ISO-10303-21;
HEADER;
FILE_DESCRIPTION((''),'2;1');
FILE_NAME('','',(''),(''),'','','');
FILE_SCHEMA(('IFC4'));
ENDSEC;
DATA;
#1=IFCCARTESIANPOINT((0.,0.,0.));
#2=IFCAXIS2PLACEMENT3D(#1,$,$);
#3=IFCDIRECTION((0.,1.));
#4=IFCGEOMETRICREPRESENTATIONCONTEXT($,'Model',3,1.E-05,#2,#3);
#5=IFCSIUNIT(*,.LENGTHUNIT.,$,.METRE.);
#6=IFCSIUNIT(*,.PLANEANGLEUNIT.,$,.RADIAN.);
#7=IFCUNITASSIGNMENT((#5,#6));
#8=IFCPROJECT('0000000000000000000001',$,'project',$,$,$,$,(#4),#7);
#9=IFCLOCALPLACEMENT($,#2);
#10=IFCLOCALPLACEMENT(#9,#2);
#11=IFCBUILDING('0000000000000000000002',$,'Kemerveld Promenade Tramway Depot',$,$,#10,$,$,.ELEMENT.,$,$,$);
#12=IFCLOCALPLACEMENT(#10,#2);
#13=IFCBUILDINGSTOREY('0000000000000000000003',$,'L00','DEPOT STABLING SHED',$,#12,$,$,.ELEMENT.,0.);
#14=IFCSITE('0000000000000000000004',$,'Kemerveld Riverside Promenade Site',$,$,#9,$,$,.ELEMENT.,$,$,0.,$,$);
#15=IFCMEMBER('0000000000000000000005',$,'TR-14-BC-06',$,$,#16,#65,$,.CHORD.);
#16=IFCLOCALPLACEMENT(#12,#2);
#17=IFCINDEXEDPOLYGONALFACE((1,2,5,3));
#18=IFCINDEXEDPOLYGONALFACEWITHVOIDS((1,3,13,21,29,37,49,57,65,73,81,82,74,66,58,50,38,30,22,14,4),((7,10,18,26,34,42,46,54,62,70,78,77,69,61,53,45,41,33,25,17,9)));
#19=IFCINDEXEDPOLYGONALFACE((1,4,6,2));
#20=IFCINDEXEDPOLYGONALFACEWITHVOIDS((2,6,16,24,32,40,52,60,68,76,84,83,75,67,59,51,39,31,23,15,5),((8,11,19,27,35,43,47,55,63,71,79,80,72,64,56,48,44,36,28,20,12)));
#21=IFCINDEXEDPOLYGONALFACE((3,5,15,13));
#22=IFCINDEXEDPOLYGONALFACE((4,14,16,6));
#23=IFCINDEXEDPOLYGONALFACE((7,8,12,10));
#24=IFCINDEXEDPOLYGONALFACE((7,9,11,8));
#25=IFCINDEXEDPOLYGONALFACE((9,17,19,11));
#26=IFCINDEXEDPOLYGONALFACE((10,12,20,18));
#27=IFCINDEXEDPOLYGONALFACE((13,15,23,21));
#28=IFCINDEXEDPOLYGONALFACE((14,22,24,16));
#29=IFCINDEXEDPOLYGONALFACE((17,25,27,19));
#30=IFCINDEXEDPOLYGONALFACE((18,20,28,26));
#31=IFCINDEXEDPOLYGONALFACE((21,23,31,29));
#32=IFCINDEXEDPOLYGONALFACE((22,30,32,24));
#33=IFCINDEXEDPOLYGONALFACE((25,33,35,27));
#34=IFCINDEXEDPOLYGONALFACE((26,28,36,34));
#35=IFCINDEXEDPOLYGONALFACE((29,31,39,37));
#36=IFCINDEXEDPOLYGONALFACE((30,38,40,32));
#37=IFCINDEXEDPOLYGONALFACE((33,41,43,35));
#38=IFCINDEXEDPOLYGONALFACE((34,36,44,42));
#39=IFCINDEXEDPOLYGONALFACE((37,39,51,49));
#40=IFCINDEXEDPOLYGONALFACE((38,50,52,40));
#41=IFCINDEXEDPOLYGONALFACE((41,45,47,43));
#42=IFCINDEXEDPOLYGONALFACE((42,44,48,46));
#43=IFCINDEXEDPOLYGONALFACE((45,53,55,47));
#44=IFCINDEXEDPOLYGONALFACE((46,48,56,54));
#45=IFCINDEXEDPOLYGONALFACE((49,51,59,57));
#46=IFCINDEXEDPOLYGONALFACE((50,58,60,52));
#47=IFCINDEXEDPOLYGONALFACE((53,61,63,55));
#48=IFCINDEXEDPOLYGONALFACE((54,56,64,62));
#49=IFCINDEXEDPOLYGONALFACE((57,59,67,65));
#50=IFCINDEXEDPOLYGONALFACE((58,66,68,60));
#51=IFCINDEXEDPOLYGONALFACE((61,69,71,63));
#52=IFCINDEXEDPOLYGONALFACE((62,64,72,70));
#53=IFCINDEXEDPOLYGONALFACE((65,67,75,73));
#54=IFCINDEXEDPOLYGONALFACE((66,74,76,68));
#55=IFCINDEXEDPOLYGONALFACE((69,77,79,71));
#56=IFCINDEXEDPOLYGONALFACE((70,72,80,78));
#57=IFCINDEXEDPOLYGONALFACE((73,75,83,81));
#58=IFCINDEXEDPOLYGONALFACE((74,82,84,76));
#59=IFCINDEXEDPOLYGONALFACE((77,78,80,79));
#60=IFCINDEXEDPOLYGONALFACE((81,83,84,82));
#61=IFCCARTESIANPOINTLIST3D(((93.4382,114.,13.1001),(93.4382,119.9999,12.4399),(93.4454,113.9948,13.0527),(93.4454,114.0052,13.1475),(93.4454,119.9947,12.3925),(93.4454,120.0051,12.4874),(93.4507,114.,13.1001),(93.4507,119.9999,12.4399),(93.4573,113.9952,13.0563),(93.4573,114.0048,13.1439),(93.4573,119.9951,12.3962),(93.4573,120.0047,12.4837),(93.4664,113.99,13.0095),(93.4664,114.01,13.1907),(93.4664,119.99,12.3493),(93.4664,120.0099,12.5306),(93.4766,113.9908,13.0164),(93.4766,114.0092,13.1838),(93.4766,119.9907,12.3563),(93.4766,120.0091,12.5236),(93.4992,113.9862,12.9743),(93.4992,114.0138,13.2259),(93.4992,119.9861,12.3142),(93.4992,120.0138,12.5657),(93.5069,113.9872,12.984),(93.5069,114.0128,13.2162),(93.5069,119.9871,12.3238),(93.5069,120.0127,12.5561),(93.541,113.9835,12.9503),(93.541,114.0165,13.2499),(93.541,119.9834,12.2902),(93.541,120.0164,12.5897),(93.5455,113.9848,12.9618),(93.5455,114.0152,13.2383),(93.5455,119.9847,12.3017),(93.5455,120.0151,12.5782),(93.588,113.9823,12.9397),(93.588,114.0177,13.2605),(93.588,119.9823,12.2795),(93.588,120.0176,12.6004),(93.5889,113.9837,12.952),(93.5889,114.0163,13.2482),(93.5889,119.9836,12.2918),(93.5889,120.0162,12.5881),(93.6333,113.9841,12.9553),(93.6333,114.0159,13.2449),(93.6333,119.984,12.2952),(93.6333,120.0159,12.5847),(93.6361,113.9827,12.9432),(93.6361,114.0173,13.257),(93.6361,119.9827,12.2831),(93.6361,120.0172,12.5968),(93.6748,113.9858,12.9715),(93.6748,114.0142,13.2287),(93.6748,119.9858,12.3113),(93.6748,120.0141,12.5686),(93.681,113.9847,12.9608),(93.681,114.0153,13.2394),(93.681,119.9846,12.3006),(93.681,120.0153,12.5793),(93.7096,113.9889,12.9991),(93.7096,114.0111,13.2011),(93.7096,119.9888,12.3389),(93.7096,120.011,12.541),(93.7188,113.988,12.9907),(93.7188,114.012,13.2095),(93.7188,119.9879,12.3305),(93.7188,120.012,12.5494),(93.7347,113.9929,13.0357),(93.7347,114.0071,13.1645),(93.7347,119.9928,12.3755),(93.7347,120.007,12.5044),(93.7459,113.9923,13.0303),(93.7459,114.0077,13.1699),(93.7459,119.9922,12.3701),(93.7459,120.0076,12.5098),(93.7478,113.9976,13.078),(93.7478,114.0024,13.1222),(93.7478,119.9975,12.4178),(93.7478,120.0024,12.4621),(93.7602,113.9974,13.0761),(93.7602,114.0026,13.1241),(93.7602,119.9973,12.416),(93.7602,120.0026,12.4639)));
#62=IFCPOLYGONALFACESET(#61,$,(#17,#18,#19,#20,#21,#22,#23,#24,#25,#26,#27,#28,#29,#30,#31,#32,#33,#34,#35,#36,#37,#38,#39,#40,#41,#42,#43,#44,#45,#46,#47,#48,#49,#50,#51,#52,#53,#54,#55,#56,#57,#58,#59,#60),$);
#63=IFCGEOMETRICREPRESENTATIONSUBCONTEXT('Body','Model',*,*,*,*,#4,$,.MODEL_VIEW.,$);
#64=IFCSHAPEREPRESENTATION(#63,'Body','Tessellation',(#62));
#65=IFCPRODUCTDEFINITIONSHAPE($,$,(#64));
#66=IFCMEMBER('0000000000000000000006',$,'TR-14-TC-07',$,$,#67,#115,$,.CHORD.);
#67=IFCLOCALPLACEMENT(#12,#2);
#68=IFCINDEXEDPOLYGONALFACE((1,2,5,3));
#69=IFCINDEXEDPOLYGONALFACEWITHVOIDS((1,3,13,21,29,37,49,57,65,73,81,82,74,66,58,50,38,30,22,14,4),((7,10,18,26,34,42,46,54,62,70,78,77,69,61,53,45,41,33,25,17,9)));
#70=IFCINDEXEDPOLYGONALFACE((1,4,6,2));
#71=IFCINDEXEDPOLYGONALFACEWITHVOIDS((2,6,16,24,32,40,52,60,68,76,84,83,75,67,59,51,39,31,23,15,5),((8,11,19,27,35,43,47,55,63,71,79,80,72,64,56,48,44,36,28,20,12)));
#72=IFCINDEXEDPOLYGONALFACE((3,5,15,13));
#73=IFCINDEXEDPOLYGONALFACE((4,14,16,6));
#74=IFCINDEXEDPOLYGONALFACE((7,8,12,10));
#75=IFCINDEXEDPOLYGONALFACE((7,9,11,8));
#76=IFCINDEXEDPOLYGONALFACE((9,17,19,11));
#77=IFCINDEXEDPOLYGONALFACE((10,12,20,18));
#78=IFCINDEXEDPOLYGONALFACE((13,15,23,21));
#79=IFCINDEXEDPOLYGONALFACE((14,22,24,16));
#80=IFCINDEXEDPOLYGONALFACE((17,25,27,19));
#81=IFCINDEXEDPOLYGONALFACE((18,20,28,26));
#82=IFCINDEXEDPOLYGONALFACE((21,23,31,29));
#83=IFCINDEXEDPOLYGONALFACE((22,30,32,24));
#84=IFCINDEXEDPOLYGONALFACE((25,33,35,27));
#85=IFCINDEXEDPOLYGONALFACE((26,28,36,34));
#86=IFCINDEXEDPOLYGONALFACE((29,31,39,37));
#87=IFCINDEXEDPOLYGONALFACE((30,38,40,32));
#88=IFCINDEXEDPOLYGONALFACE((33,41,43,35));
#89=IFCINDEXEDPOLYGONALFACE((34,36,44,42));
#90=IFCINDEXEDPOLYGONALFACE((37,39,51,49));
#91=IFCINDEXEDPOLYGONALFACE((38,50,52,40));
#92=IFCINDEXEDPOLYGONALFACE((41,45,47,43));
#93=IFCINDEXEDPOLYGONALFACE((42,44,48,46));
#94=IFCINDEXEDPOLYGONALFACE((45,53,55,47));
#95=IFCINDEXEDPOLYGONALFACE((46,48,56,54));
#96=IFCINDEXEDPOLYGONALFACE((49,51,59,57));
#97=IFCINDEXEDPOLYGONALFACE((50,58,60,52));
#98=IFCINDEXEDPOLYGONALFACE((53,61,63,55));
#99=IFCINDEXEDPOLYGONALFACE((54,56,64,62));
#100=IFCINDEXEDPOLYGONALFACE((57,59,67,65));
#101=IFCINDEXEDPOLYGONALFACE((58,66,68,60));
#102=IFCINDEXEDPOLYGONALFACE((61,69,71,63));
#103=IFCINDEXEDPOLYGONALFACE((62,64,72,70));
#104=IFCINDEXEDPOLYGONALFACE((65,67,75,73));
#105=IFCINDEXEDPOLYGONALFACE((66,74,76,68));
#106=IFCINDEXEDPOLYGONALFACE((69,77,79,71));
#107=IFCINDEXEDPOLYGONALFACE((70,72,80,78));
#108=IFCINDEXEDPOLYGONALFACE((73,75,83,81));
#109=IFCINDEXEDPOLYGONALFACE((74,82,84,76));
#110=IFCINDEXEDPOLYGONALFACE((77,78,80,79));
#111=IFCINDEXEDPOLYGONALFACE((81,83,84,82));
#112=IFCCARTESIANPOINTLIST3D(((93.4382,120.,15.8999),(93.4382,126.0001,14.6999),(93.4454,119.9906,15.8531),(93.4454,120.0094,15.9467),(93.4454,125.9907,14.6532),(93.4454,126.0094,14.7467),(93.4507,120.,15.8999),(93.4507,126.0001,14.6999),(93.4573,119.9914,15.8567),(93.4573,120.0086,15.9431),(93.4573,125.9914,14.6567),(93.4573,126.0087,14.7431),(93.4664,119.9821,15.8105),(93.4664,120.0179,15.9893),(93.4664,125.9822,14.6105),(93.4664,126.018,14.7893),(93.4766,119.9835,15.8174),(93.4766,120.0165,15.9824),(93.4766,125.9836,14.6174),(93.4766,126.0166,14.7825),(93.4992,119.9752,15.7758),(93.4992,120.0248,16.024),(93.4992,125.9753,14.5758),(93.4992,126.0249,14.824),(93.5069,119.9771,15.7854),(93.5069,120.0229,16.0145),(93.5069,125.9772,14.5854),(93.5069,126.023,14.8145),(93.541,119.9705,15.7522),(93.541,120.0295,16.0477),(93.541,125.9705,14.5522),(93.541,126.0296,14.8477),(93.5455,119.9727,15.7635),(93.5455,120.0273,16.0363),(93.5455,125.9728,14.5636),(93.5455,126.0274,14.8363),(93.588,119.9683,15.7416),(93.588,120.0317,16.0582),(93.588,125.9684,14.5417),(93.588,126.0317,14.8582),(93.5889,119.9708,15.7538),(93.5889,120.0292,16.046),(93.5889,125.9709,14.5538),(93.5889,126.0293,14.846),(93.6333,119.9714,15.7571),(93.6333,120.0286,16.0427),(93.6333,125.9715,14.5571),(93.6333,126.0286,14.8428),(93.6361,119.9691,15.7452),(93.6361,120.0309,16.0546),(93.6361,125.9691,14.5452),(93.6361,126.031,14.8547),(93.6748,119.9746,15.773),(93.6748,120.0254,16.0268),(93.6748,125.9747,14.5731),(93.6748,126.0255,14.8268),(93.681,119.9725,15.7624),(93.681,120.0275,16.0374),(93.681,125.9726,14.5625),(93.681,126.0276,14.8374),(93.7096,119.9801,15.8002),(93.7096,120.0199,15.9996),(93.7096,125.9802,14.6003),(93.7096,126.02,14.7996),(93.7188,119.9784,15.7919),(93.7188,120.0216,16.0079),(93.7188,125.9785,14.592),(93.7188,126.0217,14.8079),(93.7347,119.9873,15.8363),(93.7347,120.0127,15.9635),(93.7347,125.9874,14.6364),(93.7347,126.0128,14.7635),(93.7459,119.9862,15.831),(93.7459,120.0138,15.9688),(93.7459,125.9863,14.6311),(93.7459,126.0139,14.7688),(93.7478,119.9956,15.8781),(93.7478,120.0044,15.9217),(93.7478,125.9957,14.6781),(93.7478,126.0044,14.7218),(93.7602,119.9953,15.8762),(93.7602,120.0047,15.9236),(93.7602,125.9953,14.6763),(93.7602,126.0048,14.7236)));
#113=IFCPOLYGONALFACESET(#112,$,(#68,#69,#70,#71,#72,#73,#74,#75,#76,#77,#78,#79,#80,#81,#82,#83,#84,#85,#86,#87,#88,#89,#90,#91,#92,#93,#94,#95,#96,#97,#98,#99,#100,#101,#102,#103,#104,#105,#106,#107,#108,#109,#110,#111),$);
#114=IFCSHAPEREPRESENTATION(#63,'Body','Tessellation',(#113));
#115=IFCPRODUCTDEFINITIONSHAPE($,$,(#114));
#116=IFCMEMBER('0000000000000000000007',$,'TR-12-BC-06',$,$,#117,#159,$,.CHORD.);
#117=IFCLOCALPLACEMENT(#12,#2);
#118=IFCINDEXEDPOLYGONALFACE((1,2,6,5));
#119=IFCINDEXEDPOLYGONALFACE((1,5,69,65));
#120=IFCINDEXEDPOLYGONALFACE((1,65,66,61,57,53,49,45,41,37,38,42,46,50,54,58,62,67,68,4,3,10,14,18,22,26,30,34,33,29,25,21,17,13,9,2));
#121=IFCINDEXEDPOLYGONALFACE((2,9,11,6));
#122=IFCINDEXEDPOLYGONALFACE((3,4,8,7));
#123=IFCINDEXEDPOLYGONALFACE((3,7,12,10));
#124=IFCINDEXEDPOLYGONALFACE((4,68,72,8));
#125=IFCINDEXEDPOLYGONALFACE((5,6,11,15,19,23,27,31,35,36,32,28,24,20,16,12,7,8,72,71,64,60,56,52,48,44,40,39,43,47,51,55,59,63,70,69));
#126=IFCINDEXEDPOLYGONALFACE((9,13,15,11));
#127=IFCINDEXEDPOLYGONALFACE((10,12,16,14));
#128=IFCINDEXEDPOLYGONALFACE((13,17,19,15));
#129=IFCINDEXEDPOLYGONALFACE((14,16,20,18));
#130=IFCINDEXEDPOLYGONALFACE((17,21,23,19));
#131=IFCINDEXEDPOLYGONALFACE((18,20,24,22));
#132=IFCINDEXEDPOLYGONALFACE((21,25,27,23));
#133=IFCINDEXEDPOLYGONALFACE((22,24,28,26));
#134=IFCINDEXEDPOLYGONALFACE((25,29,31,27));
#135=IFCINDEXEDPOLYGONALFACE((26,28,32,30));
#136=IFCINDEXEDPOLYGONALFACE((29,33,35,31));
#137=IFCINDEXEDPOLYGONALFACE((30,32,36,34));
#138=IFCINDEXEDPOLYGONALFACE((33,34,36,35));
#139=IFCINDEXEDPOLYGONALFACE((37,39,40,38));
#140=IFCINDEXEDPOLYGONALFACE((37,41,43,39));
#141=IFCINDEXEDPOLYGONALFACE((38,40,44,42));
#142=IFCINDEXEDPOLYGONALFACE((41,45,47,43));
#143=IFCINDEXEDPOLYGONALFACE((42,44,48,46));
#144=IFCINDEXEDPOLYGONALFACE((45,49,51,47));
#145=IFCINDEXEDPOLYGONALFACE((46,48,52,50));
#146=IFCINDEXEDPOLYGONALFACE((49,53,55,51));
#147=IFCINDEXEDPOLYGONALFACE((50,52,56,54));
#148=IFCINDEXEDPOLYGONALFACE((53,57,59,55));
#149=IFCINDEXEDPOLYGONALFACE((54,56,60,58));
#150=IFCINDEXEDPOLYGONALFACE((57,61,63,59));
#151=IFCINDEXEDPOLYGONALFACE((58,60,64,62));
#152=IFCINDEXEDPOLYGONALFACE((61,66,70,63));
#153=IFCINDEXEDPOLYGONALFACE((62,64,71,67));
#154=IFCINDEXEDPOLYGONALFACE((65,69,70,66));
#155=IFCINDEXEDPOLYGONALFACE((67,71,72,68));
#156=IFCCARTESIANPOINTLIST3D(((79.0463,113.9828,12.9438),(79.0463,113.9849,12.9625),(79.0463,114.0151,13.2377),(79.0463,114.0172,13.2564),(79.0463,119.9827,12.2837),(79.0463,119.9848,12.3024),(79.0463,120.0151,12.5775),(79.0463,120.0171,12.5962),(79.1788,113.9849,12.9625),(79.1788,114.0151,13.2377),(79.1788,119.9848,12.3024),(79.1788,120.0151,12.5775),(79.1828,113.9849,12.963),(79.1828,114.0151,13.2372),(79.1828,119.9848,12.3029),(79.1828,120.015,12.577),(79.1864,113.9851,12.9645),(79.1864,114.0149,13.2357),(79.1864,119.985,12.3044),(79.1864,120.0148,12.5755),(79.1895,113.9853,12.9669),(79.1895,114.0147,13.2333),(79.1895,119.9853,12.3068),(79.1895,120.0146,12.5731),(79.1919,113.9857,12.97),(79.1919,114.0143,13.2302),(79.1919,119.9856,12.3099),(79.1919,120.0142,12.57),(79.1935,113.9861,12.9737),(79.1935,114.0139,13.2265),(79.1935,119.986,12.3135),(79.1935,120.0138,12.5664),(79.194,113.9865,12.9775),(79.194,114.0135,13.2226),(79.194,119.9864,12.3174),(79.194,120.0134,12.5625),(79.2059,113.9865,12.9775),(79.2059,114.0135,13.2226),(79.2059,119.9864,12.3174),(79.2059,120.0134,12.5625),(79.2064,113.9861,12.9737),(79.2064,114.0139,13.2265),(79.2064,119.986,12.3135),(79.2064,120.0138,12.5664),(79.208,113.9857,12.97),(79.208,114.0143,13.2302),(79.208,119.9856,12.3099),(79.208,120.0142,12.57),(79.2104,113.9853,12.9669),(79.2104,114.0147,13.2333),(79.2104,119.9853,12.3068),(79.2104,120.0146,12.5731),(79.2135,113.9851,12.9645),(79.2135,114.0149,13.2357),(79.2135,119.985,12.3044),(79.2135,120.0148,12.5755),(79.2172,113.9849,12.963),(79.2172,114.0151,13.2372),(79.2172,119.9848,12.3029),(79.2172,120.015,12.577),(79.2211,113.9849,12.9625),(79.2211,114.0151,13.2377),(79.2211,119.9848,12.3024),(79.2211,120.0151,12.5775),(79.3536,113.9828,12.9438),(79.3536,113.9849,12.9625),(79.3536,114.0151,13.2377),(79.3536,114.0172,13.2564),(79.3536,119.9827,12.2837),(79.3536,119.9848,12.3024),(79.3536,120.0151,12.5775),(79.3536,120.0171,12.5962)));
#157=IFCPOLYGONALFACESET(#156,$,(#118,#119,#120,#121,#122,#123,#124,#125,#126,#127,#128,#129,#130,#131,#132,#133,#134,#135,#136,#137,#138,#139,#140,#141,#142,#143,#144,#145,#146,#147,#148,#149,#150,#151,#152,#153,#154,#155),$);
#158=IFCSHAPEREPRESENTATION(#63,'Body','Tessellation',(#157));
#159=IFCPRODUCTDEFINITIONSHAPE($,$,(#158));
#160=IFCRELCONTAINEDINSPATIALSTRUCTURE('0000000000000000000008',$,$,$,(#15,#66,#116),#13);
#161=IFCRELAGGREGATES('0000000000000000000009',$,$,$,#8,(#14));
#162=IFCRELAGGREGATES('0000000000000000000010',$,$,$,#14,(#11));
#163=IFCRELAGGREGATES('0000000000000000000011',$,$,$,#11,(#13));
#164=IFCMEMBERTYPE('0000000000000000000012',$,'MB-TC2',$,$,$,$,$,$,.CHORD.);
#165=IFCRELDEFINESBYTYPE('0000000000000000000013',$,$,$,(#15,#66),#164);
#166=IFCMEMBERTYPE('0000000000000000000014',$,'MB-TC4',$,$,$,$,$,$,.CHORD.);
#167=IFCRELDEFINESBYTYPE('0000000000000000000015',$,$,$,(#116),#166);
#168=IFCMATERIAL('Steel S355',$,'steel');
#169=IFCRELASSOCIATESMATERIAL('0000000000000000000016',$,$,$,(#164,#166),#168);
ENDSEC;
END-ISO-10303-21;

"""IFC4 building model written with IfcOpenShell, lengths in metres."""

from ifc_helpers import new_model, si_unit, direction, frame, origin, origin_2d, place, context, subcontext, project, spatial, hollow_circle, i_section, extrude, material, material_profile, profile_set, type_object, element, save


model = new_model("IFC4")

# Units and contexts
model_context = context("Model", 3, precision=1e-05, world=origin(), true_north=direction((0.0, 1.0)))
body_context = subcontext(model_context, "Body", "Model", "MODEL_VIEW")
ifc_project = project(units=[si_unit("LENGTHUNIT", "METRE"), si_unit("PLANEANGLEUNIT", "RADIAN")], contexts=[model_context])

# Site, building, storey
site_placement = place(None, origin())
site = spatial("IfcSite", under=ifc_project, at=site_placement, Name="Kemerveld Riverside Promenade Site", CompositionType="ELEMENT", RefElevation=0.0)
building_placement = place(site_placement, origin())
building = spatial("IfcBuilding", under=site, at=building_placement, Name="Kemerveld Promenade Tramway Depot", CompositionType="ELEMENT")
storey_placement = place(building_placement, origin())
storey = spatial("IfcBuildingStorey", under=building, at=storey_placement, Name="L00", Description="DEPOT STABLING SHED", CompositionType="ELEMENT", Elevation=0.0)

# Members
ifc_material_1 = material(Name="Steel S355", Category="steel")
ifc_material_profile_1 = material_profile(ifc_material_1, hollow_circle(Radius=0.1619, WallThickness=0.0125, at=origin_2d()), Name="323.9x12.5 CHS")
ifc_profile_set_1 = profile_set([ifc_material_profile_1], Name="Steel S355")
member_type_1 = type_object("IfcMemberType", Name="MB-TC2", PredefinedType="CHORD", material=ifc_profile_set_1)
member_1_placement = place(storey_placement, frame((93.6001, 114.0, 13.1001), z_axis=(0.0, 0.994002, -0.109366), x_axis=(-1.0, 0.0, 0.0)))
element("IfcMember", 1, at=member_1_placement, inside=storey, type_object=member_type_1, Name="TR-14-BC-06", PredefinedType="CHORD", context=body_context, shape_type="SweptSolid", body=[
    extrude(hollow_circle(Radius=0.1619, WallThickness=0.0125, at=origin_2d()), origin(), (0.0, 0.0, 1.0), 6.0361),
])
member_2_placement = place(storey_placement, frame((93.6001, 120.0, 15.8999), z_axis=(0.0, 0.980582, -0.196108), x_axis=(-1.0, 0.0, 0.0)))
element("IfcMember", 2, at=member_2_placement, inside=storey, type_object=member_type_1, Name="TR-14-TC-07", PredefinedType="CHORD", context=body_context, shape_type="SweptSolid", body=[
    extrude(hollow_circle(Radius=0.1619, WallThickness=0.0125, at=origin_2d()), origin(), (0.0, 0.0, 1.0), 6.1189),
])
ifc_material_profile_2 = material_profile(ifc_material_1, i_section(OverallWidth=0.3074, OverallDepth=0.3145, WebThickness=0.012, FlangeThickness=0.0188, FilletRadius=0.0151, at=origin_2d()), Name="305x305x118 UC")
ifc_profile_set_2 = profile_set([ifc_material_profile_2], Name="Steel S355")
member_type_2 = type_object("IfcMemberType", Name="MB-TC4", PredefinedType="CHORD", material=ifc_profile_set_2)
member_3_placement = place(storey_placement, frame((79.2, 114.0, 13.1001), z_axis=(0.0, 0.994002, -0.109366), x_axis=(-1.0, 0.0, 0.0)))
element("IfcMember", 3, at=member_3_placement, inside=storey, type_object=member_type_2, Name="TR-12-BC-06", PredefinedType="CHORD", context=body_context, shape_type="SweptSolid", body=[
    extrude(i_section(OverallWidth=0.3074, OverallDepth=0.3145, WebThickness=0.012, FlangeThickness=0.0188, FilletRadius=0.0151, at=origin_2d()), origin(), (0.0, 0.0, 1.0), 6.0361),
])

save(model, "model.ifc")
